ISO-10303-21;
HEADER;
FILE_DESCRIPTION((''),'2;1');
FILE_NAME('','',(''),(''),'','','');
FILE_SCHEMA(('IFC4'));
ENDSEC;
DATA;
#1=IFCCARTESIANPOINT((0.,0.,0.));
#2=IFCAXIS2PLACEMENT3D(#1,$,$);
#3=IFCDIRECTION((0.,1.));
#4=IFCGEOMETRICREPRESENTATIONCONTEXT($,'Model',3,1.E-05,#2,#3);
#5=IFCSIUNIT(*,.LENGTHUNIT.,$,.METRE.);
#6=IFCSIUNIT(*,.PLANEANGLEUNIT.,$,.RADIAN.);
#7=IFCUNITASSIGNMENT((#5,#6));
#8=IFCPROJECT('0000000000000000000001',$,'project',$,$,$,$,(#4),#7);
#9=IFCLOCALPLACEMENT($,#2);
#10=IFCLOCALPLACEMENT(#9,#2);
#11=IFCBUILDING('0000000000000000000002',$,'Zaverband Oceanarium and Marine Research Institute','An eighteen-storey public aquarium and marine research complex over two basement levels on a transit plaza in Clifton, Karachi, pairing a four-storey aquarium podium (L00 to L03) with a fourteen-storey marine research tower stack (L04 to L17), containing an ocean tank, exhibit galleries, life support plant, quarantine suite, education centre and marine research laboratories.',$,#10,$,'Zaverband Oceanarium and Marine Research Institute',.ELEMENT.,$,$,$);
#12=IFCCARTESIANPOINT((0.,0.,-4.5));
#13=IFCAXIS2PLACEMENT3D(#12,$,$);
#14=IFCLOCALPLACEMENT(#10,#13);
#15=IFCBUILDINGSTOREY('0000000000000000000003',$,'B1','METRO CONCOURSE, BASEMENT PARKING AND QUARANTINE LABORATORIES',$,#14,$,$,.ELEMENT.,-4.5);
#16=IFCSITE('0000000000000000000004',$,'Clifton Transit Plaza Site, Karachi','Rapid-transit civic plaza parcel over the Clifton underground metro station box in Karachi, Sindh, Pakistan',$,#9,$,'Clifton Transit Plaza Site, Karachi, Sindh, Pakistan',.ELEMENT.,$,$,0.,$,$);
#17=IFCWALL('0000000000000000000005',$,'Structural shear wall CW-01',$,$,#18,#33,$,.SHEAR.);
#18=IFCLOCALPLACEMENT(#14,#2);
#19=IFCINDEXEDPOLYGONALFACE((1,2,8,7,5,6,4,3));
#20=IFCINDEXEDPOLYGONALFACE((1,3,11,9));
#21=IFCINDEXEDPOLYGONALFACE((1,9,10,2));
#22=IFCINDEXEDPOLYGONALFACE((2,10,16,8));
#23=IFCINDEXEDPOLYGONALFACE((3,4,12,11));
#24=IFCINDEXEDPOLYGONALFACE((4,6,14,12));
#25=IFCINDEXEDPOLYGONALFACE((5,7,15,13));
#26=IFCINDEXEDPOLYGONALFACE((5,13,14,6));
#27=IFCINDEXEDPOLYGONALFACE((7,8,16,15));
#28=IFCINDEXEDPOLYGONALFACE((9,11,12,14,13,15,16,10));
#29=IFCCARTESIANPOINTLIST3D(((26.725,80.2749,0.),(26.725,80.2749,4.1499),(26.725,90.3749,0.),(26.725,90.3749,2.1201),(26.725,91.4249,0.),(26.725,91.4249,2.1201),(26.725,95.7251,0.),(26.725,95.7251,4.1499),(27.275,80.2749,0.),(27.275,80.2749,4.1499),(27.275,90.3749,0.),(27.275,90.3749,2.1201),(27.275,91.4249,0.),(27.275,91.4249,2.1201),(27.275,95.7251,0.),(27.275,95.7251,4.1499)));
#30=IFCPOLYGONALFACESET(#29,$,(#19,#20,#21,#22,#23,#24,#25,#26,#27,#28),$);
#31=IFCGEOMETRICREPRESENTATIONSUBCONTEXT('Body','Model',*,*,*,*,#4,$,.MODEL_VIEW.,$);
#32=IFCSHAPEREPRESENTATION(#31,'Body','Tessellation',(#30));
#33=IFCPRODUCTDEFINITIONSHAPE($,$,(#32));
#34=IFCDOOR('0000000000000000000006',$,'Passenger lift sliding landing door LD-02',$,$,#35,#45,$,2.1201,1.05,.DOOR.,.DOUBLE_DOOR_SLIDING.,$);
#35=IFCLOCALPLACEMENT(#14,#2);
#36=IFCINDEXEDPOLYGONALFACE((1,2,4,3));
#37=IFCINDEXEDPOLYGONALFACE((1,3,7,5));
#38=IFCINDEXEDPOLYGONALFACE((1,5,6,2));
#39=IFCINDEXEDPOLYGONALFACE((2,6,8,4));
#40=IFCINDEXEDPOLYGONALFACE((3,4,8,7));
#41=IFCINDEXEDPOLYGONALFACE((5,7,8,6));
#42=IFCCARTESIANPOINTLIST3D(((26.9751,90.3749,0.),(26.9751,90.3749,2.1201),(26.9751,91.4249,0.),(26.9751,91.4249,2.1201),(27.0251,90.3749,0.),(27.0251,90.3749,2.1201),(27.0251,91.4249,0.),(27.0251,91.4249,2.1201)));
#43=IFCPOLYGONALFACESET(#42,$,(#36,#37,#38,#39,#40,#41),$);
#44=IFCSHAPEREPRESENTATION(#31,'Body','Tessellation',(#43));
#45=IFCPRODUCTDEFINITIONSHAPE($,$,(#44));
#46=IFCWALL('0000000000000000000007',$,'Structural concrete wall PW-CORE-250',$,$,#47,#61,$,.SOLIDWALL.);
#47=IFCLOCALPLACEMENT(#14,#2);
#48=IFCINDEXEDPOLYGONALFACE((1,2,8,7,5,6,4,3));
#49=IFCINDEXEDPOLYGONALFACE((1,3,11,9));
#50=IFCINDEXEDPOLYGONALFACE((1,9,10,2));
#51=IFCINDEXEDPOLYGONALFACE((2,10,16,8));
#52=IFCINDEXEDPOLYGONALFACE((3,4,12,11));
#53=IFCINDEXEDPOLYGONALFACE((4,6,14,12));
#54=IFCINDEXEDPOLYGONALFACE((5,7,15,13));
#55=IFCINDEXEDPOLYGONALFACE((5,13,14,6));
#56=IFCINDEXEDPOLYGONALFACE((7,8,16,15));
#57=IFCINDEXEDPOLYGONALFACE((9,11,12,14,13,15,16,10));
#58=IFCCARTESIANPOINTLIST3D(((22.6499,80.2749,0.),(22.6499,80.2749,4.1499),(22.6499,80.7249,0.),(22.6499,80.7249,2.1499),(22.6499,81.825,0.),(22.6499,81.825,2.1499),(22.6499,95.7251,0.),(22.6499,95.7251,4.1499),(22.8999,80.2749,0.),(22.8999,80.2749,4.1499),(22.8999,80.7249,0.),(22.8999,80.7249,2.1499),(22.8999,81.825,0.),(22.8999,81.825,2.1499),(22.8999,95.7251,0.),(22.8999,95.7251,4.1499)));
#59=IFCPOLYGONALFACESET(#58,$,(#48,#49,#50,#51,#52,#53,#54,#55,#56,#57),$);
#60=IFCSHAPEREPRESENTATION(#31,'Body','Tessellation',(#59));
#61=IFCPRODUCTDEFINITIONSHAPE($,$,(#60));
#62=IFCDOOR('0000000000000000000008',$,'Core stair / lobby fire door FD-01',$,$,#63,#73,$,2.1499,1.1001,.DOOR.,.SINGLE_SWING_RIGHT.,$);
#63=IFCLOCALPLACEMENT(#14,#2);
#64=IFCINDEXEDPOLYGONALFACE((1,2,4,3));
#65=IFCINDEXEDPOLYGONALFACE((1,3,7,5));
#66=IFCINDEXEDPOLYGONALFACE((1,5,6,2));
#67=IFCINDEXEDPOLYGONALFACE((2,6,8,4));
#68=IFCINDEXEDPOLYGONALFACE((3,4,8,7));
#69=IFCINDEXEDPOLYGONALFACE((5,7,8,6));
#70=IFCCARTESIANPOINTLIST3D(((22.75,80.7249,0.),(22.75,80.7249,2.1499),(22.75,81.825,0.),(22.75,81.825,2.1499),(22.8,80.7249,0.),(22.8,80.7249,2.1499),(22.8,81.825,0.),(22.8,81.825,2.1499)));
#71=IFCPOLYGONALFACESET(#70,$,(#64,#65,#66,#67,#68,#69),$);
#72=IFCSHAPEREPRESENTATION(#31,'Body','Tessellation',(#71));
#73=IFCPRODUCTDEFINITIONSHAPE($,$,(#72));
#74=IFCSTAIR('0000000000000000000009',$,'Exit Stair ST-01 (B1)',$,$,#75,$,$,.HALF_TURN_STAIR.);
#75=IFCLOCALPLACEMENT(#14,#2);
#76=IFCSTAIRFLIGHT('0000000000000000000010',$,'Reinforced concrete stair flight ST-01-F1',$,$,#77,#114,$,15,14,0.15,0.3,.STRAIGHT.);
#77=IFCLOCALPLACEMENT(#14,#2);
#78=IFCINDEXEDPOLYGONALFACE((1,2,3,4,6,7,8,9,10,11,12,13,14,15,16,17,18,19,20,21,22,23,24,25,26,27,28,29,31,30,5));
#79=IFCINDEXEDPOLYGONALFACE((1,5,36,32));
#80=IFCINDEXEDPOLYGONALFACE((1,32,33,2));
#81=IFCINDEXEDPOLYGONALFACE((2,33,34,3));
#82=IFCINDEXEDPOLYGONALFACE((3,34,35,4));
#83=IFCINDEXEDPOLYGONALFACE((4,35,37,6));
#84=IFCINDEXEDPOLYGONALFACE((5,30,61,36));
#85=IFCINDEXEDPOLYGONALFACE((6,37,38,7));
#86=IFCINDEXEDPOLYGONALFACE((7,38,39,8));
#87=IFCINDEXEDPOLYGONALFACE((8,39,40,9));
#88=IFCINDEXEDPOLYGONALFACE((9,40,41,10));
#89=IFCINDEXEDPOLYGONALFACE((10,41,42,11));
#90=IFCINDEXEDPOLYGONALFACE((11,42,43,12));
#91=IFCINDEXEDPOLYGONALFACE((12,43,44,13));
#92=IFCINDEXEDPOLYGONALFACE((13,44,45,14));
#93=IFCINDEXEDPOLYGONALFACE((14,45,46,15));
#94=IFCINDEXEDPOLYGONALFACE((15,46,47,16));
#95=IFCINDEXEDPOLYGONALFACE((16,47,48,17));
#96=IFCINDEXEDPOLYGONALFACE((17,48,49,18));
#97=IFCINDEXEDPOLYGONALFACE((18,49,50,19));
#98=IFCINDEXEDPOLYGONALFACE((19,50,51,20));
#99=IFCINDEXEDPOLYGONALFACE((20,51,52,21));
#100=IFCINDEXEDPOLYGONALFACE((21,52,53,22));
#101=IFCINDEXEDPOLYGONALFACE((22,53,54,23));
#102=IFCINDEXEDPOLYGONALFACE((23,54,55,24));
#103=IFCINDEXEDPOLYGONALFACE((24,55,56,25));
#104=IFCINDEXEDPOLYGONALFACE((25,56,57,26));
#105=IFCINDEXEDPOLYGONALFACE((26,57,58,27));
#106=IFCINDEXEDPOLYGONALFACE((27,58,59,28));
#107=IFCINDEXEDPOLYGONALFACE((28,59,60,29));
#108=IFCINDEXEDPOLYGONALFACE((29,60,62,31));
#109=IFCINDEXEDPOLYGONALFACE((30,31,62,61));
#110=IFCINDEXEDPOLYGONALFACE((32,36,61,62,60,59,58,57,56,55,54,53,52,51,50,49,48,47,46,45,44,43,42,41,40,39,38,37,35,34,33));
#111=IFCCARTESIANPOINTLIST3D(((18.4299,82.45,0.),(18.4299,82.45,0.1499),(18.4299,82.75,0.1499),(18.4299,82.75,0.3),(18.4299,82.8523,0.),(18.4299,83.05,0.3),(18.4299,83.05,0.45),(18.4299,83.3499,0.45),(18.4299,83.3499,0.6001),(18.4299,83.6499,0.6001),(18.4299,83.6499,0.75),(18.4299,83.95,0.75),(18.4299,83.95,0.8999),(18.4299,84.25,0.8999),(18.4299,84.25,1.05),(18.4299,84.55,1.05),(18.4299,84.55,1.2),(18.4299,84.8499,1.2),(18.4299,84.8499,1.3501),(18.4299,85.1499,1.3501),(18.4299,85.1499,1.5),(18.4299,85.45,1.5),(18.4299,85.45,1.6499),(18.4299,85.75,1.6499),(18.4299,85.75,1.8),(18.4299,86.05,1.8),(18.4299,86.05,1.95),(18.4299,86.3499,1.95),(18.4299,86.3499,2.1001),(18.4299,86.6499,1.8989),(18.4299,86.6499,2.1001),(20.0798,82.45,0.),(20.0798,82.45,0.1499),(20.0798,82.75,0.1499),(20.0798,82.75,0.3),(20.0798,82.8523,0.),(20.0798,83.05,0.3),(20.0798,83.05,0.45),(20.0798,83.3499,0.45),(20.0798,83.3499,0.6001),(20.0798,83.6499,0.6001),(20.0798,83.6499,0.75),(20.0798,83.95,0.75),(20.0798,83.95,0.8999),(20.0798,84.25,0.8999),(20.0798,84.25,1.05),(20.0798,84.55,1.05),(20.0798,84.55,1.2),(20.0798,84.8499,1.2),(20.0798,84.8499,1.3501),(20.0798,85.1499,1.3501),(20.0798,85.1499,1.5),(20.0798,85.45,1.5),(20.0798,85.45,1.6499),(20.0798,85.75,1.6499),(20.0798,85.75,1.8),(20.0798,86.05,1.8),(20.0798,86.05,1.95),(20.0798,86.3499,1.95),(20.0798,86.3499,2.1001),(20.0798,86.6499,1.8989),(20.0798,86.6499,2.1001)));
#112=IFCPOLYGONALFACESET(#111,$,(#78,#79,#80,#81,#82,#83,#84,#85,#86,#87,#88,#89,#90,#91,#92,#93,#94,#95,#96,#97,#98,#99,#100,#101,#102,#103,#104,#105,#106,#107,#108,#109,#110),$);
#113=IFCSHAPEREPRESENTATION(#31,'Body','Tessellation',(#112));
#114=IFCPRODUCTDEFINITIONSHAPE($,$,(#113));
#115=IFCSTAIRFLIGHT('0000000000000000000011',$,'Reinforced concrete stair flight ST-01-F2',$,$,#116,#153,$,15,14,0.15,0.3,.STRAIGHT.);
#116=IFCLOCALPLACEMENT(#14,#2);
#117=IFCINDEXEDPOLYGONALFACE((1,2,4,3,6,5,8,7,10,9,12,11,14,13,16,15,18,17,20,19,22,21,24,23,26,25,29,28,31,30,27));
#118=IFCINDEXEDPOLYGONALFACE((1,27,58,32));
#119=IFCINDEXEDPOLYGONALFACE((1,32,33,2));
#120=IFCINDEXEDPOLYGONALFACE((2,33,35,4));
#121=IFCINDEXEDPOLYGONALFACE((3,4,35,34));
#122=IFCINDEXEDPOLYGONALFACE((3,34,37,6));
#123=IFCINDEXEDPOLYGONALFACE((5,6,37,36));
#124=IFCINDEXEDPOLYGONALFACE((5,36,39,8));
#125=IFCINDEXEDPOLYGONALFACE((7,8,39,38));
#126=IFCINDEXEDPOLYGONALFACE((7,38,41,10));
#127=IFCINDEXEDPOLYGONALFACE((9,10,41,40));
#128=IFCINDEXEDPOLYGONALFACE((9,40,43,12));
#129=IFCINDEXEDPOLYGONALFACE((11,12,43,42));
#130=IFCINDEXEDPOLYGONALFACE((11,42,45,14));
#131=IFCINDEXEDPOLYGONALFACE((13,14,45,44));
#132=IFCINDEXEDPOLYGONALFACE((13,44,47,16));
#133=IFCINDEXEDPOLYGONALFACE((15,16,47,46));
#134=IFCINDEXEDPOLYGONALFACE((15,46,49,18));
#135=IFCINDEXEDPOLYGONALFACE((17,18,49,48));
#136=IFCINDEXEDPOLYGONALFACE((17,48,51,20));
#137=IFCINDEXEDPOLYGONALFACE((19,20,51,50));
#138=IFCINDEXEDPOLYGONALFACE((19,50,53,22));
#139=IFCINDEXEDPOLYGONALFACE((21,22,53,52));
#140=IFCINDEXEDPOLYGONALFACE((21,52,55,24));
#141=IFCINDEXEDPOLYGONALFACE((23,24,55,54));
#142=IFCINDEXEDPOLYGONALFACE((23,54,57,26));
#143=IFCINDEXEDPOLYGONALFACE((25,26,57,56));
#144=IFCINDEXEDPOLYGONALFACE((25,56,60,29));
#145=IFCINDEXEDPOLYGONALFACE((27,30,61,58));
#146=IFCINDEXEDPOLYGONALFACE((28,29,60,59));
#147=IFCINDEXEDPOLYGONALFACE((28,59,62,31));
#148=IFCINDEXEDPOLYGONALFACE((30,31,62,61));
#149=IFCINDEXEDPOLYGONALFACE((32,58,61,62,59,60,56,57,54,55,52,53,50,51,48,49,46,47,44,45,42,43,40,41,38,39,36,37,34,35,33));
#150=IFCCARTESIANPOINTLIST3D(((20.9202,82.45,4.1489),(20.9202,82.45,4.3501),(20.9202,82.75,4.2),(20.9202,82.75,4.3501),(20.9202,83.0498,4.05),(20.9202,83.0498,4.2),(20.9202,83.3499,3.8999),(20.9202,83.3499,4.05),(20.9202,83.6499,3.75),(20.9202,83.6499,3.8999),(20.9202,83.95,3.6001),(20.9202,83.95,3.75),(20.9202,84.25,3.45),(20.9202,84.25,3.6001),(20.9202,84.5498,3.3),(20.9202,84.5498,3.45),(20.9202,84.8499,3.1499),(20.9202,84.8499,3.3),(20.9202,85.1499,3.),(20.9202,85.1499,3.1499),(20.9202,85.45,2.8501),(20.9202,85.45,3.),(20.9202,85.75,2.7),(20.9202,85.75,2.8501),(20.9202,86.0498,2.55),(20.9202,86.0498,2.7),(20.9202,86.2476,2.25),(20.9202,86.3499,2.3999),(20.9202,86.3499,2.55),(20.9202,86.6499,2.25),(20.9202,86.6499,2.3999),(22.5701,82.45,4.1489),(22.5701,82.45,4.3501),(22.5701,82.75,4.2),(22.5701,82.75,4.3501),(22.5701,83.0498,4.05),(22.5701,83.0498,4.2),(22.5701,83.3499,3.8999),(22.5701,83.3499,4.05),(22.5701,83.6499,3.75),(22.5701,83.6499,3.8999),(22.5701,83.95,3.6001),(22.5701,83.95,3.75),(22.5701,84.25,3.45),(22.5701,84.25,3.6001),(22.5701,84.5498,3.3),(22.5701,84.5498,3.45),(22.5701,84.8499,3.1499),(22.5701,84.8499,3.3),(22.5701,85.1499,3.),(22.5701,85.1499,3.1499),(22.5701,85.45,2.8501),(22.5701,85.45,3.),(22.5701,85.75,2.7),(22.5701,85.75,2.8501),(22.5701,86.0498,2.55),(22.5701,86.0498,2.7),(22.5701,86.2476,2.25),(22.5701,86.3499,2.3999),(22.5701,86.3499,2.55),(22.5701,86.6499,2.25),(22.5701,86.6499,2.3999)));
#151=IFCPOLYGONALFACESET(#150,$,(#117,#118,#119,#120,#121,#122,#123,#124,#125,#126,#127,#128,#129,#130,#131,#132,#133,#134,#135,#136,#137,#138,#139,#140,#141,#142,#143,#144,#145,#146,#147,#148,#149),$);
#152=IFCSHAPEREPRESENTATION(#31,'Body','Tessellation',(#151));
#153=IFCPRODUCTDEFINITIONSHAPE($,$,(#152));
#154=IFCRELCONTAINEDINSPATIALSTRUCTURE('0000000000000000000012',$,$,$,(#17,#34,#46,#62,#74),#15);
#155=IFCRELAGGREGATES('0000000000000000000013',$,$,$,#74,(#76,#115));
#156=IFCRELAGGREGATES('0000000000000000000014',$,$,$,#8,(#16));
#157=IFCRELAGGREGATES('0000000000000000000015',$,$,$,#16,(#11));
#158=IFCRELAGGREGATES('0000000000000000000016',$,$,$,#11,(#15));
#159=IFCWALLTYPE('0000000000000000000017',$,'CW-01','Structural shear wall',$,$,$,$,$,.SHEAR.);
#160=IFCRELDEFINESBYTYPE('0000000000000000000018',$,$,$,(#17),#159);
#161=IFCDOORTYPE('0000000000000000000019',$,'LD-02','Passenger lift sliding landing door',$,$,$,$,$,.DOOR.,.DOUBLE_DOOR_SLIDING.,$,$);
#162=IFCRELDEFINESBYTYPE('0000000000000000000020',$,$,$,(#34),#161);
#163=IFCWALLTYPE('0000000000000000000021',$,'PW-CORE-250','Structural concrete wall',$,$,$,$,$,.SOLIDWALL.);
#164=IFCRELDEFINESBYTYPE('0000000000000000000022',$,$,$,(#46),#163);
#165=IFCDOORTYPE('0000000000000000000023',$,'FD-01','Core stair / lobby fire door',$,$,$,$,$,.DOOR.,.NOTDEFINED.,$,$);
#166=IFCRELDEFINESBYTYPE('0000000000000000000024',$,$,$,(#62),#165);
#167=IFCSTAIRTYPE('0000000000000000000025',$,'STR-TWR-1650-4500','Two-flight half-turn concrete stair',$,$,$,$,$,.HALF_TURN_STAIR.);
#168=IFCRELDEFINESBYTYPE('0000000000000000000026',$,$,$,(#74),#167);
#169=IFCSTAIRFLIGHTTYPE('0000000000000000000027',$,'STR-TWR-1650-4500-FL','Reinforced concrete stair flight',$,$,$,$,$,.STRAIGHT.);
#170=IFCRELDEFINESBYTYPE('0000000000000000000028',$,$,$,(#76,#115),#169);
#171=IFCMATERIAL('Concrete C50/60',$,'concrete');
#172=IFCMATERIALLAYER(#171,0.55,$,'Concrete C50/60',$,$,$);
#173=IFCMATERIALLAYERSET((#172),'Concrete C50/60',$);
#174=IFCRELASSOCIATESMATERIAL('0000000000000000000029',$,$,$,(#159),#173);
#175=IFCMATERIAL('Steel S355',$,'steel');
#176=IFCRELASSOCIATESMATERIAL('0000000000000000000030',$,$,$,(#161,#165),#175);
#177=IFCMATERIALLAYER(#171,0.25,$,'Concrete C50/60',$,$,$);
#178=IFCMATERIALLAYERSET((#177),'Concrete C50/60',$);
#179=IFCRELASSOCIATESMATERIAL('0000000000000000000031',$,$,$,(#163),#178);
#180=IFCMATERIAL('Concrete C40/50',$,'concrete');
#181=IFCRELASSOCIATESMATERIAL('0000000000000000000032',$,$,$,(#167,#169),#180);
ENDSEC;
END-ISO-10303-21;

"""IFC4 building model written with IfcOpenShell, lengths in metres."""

from ifc_helpers import new_model, si_unit, direction, frame, frame_2d, origin, place, context, subcontext, project, spatial, polyline, rectangle, outline, extrude, material, layer, layer_set, type_object, element, fill, aggregate, save


model = new_model("IFC4")

# Units and contexts
model_context = context("Model", 3, precision=1e-05, world=origin(), true_north=direction((0.0, 1.0)))
body_context = subcontext(model_context, "Body", "Model", "MODEL_VIEW")
ifc_project = project(units=[si_unit("LENGTHUNIT", "METRE"), si_unit("PLANEANGLEUNIT", "RADIAN")], contexts=[model_context])

# Site, building, storey
site_placement = place(None, origin())
site = spatial("IfcSite", under=ifc_project, at=site_placement, Name="Clifton Transit Plaza Site, Karachi", Description="Rapid-transit civic plaza parcel over the Clifton underground metro station box in Karachi, Sindh, Pakistan", LongName="Clifton Transit Plaza Site, Karachi, Sindh, Pakistan", CompositionType="ELEMENT", RefElevation=0.0)
building_placement = place(site_placement, origin())
building = spatial("IfcBuilding", under=site, at=building_placement, Name="Zaverband Oceanarium and Marine Research Institute", Description="An eighteen-storey public aquarium and marine research complex over two basement levels on a transit plaza in Clifton, Karachi, pairing a four-storey aquarium podium (L00 to L03) with a fourteen-storey marine research tower stack (L04 to L17), containing an ocean tank, exhibit galleries, life support plant, quarantine suite, education centre and marine research laboratories.", LongName="Zaverband Oceanarium and Marine Research Institute", CompositionType="ELEMENT")
storey_placement = place(building_placement, frame((0.0, 0.0, -4.5)))
storey = spatial("IfcBuildingStorey", under=building, at=storey_placement, Name="B1", Description="METRO CONCOURSE, BASEMENT PARKING AND QUARANTINE LABORATORIES", CompositionType="ELEMENT", Elevation=-4.5)

# Shared definitions
ifc_material_1 = material(Name="Concrete C50/60", Category="concrete")

# Shared definitions
ifc_material_2 = material(Name="Concrete C40/50", Category="concrete")

# Walls, openings, doors
ifc_layer_1 = layer(ifc_material_1, 0.55, Name="Concrete C50/60")
ifc_layer_set_1 = layer_set([ifc_layer_1], Name="Concrete C50/60")
wall_type_1 = type_object("IfcWallType", Name="CW-01", Description="Structural shear wall", PredefinedType="SHEAR", material=ifc_layer_set_1)
ifc_material_3 = material(Name="Steel S355", Category="steel")
wall_1_placement = place(storey_placement, frame((27.0, 80.2749, 0.0), z_axis=(0.0, 0.0, 1.0), x_axis=(0.0, 1.0, 0.0)))
wall_1 = element("IfcWall", 1, at=wall_1_placement, inside=storey, type_object=wall_type_1, Name="Structural shear wall CW-01", PredefinedType="SHEAR", context=body_context, shape_type="SweptSolid", body=[
    extrude(rectangle(XDim=15.4502, YDim=0.55, at=frame_2d((7.7251, 0.0))), origin(), (0.0, 0.0, 1.0), 4.1499),
])
opening_1_placement = place(wall_1_placement, frame((10.1001, 0.0, 0.0)))
opening_1 = element("IfcOpeningElement", 2, at=opening_1_placement, cuts=wall_1, PredefinedType="OPENING", context=body_context, shape_type="SweptSolid", body=[
    extrude(rectangle(XDim=1.05, YDim=2.1201, at=frame_2d((0.5249, 1.0601))), frame((0.0, 0.2871, 0.0), z_axis=(0.0, -1.0, 0.0), x_axis=(1.0, 0.0, 0.0)), (0.0, 0.0, 1.0), 0.574),
])
door_type_1 = type_object("IfcDoorType", Name="LD-02", Description="Passenger lift sliding landing door", OperationType="DOUBLE_DOOR_SLIDING", PredefinedType="DOOR", material=ifc_material_3)
door_1_placement = place(opening_1_placement, origin())
door_1 = element("IfcDoor", 3, at=door_1_placement, inside=storey, type_object=door_type_1, Name="Passenger lift sliding landing door LD-02", OperationType="DOUBLE_DOOR_SLIDING", OverallHeight=2.1201, OverallWidth=1.05, PredefinedType="DOOR", context=body_context, shape_type="SweptSolid", body=[
    extrude(rectangle(XDim=1.05, YDim=2.1201, at=frame_2d((0.5249, 1.0601))), frame((0.0, 0.0249, 0.0), z_axis=(0.0, -1.0, 0.0), x_axis=(1.0, 0.0, 0.0)), (0.0, 0.0, 1.0), 0.05),
])
fill(opening_1, door_1)
ifc_layer_2 = layer(ifc_material_1, 0.25, Name="Concrete C50/60")
ifc_layer_set_2 = layer_set([ifc_layer_2], Name="Concrete C50/60")
wall_type_2 = type_object("IfcWallType", Name="PW-CORE-250", Description="Structural concrete wall", PredefinedType="SOLIDWALL", material=ifc_layer_set_2)
wall_2_placement = place(storey_placement, frame((22.7749, 80.2749, 0.0), z_axis=(0.0, 0.0, 1.0), x_axis=(0.0, 1.0, 0.0)))
wall_2 = element("IfcWall", 4, at=wall_2_placement, inside=storey, type_object=wall_type_2, Name="Structural concrete wall PW-CORE-250", PredefinedType="SOLIDWALL", context=body_context, shape_type="SweptSolid", body=[
    extrude(rectangle(XDim=15.4502, YDim=0.25, at=frame_2d((7.7251, 0.0))), origin(), (0.0, 0.0, 1.0), 4.1499),
])
opening_2_placement = place(wall_2_placement, frame((0.45, 0.0, 0.0)))
opening_2 = element("IfcOpeningElement", 5, at=opening_2_placement, cuts=wall_2, PredefinedType="OPENING", context=body_context, shape_type="SweptSolid", body=[
    extrude(rectangle(XDim=1.1001, YDim=2.1499, at=frame_2d((0.55, 1.075))), frame((0.0, 0.137, 0.0), z_axis=(0.0, -1.0, 0.0), x_axis=(1.0, 0.0, 0.0)), (0.0, 0.0, 1.0), 0.2739),
])
door_type_2 = type_object("IfcDoorType", Name="FD-01", Description="Core stair / lobby fire door", OperationType="NOTDEFINED", PredefinedType="DOOR", material=ifc_material_3)
door_2_placement = place(opening_2_placement, origin())
door_2 = element("IfcDoor", 6, at=door_2_placement, inside=storey, type_object=door_type_2, Name="Core stair / lobby fire door FD-01", OperationType="SINGLE_SWING_RIGHT", OverallHeight=2.1499, OverallWidth=1.1001, PredefinedType="DOOR", context=body_context, shape_type="SweptSolid", body=[
    extrude(rectangle(XDim=1.1001, YDim=2.1499, at=frame_2d((0.55, 1.075))), frame((0.0, 0.0249, 0.0), z_axis=(0.0, -1.0, 0.0), x_axis=(1.0, 0.0, 0.0)), (0.0, 0.0, 1.0), 0.05),
])
fill(opening_2, door_2)

# Stair, stair flights
stair_type = type_object("IfcStairType", Name="STR-TWR-1650-4500", Description="Two-flight half-turn concrete stair", PredefinedType="HALF_TURN_STAIR", material=ifc_material_2)
stair_placement = place(storey_placement, origin())
stair = element("IfcStair", 7, at=stair_placement, inside=storey, type_object=stair_type, Name="Exit Stair ST-01 (B1)", PredefinedType="HALF_TURN_STAIR")
stair_flight_type = type_object("IfcStairFlightType", Name="STR-TWR-1650-4500-FL", Description="Reinforced concrete stair flight", PredefinedType="STRAIGHT", material=ifc_material_2)
stair_flight_1_placement = place(storey_placement, frame((19.2549, 82.45, 0.0), z_axis=(0.0, 0.0, 1.0), x_axis=(0.0, 1.0, 0.0)))
stair_flight_1 = element("IfcStairFlight", 8, at=stair_flight_1_placement, type_object=stair_flight_type, Name="Reinforced concrete stair flight ST-01-F1", NumberOfRisers=15, NumberOfTreads=14, PredefinedType="STRAIGHT", RiserHeight=0.15, TreadLength=0.3, context=body_context, shape_type="SweptSolid", body=[
    extrude(outline(polyline([(0.0, 0.0), (0.0, 0.1499), (0.3, 0.1499), (0.3, 0.3), (0.6001, 0.3), (0.6001, 0.45), (0.8999, 0.45), (0.8999, 0.6001), (1.2, 0.6001), (1.2, 0.75), (1.5, 0.75), (1.5, 0.8999), (1.8, 0.8999), (1.8, 1.05), (2.1001, 1.05), (2.1001, 1.2), (2.3999, 1.2), (2.3999, 1.3501), (2.7, 1.3501), (2.7, 1.5), (3.0, 1.5), (3.0, 1.6499), (3.3, 1.6499), (3.3, 1.8), (3.6001, 1.8), (3.6001, 1.95), (3.8999, 1.95), (3.8999, 2.1001), (4.2, 2.1001), (4.2, 2.25), (4.2, 1.8989), (0.4023, 0.0), (0.0, 0.0)])), frame((0.0, 0.825, 0.0), z_axis=(0.0, -1.0, 0.0), x_axis=(1.0, 0.0, 0.0)), (0.0, 0.0, 1.0), 1.6499),
])
stair_flight_2_placement = place(storey_placement, frame((21.7451, 86.6499, 2.25), z_axis=(0.0, 0.0, 1.0), x_axis=(0.0, -1.0, 0.0)))
stair_flight_2 = element("IfcStairFlight", 9, at=stair_flight_2_placement, type_object=stair_flight_type, Name="Reinforced concrete stair flight ST-01-F2", NumberOfRisers=15, NumberOfTreads=14, PredefinedType="STRAIGHT", RiserHeight=0.15, TreadLength=0.3, context=body_context, shape_type="SweptSolid", body=[
    extrude(outline(polyline([(0.0, 0.0), (0.0, 0.1499), (0.3, 0.1499), (0.3, 0.3), (0.6001, 0.3), (0.6001, 0.45), (0.8999, 0.45), (0.8999, 0.6001), (1.2, 0.6001), (1.2, 0.75), (1.5, 0.75), (1.5, 0.8999), (1.8, 0.8999), (1.8, 1.05), (2.1001, 1.05), (2.1001, 1.2), (2.3999, 1.2), (2.3999, 1.3501), (2.7, 1.3501), (2.7, 1.5), (3.0, 1.5), (3.0, 1.6499), (3.3, 1.6499), (3.3, 1.8), (3.6001, 1.8), (3.6001, 1.95), (3.8999, 1.95), (3.8999, 2.1001), (4.2, 2.1001), (4.2, 2.25), (4.2, 1.8989), (0.4023, 0.0), (0.0, 0.0)])), frame((0.0, 0.825, 0.0), z_axis=(0.0, -1.0, 0.0), x_axis=(1.0, 0.0, 0.0)), (0.0, 0.0, 1.0), 1.6499),
])
aggregate(stair, [stair_flight_1, stair_flight_2])

save(model, "model.ifc")
